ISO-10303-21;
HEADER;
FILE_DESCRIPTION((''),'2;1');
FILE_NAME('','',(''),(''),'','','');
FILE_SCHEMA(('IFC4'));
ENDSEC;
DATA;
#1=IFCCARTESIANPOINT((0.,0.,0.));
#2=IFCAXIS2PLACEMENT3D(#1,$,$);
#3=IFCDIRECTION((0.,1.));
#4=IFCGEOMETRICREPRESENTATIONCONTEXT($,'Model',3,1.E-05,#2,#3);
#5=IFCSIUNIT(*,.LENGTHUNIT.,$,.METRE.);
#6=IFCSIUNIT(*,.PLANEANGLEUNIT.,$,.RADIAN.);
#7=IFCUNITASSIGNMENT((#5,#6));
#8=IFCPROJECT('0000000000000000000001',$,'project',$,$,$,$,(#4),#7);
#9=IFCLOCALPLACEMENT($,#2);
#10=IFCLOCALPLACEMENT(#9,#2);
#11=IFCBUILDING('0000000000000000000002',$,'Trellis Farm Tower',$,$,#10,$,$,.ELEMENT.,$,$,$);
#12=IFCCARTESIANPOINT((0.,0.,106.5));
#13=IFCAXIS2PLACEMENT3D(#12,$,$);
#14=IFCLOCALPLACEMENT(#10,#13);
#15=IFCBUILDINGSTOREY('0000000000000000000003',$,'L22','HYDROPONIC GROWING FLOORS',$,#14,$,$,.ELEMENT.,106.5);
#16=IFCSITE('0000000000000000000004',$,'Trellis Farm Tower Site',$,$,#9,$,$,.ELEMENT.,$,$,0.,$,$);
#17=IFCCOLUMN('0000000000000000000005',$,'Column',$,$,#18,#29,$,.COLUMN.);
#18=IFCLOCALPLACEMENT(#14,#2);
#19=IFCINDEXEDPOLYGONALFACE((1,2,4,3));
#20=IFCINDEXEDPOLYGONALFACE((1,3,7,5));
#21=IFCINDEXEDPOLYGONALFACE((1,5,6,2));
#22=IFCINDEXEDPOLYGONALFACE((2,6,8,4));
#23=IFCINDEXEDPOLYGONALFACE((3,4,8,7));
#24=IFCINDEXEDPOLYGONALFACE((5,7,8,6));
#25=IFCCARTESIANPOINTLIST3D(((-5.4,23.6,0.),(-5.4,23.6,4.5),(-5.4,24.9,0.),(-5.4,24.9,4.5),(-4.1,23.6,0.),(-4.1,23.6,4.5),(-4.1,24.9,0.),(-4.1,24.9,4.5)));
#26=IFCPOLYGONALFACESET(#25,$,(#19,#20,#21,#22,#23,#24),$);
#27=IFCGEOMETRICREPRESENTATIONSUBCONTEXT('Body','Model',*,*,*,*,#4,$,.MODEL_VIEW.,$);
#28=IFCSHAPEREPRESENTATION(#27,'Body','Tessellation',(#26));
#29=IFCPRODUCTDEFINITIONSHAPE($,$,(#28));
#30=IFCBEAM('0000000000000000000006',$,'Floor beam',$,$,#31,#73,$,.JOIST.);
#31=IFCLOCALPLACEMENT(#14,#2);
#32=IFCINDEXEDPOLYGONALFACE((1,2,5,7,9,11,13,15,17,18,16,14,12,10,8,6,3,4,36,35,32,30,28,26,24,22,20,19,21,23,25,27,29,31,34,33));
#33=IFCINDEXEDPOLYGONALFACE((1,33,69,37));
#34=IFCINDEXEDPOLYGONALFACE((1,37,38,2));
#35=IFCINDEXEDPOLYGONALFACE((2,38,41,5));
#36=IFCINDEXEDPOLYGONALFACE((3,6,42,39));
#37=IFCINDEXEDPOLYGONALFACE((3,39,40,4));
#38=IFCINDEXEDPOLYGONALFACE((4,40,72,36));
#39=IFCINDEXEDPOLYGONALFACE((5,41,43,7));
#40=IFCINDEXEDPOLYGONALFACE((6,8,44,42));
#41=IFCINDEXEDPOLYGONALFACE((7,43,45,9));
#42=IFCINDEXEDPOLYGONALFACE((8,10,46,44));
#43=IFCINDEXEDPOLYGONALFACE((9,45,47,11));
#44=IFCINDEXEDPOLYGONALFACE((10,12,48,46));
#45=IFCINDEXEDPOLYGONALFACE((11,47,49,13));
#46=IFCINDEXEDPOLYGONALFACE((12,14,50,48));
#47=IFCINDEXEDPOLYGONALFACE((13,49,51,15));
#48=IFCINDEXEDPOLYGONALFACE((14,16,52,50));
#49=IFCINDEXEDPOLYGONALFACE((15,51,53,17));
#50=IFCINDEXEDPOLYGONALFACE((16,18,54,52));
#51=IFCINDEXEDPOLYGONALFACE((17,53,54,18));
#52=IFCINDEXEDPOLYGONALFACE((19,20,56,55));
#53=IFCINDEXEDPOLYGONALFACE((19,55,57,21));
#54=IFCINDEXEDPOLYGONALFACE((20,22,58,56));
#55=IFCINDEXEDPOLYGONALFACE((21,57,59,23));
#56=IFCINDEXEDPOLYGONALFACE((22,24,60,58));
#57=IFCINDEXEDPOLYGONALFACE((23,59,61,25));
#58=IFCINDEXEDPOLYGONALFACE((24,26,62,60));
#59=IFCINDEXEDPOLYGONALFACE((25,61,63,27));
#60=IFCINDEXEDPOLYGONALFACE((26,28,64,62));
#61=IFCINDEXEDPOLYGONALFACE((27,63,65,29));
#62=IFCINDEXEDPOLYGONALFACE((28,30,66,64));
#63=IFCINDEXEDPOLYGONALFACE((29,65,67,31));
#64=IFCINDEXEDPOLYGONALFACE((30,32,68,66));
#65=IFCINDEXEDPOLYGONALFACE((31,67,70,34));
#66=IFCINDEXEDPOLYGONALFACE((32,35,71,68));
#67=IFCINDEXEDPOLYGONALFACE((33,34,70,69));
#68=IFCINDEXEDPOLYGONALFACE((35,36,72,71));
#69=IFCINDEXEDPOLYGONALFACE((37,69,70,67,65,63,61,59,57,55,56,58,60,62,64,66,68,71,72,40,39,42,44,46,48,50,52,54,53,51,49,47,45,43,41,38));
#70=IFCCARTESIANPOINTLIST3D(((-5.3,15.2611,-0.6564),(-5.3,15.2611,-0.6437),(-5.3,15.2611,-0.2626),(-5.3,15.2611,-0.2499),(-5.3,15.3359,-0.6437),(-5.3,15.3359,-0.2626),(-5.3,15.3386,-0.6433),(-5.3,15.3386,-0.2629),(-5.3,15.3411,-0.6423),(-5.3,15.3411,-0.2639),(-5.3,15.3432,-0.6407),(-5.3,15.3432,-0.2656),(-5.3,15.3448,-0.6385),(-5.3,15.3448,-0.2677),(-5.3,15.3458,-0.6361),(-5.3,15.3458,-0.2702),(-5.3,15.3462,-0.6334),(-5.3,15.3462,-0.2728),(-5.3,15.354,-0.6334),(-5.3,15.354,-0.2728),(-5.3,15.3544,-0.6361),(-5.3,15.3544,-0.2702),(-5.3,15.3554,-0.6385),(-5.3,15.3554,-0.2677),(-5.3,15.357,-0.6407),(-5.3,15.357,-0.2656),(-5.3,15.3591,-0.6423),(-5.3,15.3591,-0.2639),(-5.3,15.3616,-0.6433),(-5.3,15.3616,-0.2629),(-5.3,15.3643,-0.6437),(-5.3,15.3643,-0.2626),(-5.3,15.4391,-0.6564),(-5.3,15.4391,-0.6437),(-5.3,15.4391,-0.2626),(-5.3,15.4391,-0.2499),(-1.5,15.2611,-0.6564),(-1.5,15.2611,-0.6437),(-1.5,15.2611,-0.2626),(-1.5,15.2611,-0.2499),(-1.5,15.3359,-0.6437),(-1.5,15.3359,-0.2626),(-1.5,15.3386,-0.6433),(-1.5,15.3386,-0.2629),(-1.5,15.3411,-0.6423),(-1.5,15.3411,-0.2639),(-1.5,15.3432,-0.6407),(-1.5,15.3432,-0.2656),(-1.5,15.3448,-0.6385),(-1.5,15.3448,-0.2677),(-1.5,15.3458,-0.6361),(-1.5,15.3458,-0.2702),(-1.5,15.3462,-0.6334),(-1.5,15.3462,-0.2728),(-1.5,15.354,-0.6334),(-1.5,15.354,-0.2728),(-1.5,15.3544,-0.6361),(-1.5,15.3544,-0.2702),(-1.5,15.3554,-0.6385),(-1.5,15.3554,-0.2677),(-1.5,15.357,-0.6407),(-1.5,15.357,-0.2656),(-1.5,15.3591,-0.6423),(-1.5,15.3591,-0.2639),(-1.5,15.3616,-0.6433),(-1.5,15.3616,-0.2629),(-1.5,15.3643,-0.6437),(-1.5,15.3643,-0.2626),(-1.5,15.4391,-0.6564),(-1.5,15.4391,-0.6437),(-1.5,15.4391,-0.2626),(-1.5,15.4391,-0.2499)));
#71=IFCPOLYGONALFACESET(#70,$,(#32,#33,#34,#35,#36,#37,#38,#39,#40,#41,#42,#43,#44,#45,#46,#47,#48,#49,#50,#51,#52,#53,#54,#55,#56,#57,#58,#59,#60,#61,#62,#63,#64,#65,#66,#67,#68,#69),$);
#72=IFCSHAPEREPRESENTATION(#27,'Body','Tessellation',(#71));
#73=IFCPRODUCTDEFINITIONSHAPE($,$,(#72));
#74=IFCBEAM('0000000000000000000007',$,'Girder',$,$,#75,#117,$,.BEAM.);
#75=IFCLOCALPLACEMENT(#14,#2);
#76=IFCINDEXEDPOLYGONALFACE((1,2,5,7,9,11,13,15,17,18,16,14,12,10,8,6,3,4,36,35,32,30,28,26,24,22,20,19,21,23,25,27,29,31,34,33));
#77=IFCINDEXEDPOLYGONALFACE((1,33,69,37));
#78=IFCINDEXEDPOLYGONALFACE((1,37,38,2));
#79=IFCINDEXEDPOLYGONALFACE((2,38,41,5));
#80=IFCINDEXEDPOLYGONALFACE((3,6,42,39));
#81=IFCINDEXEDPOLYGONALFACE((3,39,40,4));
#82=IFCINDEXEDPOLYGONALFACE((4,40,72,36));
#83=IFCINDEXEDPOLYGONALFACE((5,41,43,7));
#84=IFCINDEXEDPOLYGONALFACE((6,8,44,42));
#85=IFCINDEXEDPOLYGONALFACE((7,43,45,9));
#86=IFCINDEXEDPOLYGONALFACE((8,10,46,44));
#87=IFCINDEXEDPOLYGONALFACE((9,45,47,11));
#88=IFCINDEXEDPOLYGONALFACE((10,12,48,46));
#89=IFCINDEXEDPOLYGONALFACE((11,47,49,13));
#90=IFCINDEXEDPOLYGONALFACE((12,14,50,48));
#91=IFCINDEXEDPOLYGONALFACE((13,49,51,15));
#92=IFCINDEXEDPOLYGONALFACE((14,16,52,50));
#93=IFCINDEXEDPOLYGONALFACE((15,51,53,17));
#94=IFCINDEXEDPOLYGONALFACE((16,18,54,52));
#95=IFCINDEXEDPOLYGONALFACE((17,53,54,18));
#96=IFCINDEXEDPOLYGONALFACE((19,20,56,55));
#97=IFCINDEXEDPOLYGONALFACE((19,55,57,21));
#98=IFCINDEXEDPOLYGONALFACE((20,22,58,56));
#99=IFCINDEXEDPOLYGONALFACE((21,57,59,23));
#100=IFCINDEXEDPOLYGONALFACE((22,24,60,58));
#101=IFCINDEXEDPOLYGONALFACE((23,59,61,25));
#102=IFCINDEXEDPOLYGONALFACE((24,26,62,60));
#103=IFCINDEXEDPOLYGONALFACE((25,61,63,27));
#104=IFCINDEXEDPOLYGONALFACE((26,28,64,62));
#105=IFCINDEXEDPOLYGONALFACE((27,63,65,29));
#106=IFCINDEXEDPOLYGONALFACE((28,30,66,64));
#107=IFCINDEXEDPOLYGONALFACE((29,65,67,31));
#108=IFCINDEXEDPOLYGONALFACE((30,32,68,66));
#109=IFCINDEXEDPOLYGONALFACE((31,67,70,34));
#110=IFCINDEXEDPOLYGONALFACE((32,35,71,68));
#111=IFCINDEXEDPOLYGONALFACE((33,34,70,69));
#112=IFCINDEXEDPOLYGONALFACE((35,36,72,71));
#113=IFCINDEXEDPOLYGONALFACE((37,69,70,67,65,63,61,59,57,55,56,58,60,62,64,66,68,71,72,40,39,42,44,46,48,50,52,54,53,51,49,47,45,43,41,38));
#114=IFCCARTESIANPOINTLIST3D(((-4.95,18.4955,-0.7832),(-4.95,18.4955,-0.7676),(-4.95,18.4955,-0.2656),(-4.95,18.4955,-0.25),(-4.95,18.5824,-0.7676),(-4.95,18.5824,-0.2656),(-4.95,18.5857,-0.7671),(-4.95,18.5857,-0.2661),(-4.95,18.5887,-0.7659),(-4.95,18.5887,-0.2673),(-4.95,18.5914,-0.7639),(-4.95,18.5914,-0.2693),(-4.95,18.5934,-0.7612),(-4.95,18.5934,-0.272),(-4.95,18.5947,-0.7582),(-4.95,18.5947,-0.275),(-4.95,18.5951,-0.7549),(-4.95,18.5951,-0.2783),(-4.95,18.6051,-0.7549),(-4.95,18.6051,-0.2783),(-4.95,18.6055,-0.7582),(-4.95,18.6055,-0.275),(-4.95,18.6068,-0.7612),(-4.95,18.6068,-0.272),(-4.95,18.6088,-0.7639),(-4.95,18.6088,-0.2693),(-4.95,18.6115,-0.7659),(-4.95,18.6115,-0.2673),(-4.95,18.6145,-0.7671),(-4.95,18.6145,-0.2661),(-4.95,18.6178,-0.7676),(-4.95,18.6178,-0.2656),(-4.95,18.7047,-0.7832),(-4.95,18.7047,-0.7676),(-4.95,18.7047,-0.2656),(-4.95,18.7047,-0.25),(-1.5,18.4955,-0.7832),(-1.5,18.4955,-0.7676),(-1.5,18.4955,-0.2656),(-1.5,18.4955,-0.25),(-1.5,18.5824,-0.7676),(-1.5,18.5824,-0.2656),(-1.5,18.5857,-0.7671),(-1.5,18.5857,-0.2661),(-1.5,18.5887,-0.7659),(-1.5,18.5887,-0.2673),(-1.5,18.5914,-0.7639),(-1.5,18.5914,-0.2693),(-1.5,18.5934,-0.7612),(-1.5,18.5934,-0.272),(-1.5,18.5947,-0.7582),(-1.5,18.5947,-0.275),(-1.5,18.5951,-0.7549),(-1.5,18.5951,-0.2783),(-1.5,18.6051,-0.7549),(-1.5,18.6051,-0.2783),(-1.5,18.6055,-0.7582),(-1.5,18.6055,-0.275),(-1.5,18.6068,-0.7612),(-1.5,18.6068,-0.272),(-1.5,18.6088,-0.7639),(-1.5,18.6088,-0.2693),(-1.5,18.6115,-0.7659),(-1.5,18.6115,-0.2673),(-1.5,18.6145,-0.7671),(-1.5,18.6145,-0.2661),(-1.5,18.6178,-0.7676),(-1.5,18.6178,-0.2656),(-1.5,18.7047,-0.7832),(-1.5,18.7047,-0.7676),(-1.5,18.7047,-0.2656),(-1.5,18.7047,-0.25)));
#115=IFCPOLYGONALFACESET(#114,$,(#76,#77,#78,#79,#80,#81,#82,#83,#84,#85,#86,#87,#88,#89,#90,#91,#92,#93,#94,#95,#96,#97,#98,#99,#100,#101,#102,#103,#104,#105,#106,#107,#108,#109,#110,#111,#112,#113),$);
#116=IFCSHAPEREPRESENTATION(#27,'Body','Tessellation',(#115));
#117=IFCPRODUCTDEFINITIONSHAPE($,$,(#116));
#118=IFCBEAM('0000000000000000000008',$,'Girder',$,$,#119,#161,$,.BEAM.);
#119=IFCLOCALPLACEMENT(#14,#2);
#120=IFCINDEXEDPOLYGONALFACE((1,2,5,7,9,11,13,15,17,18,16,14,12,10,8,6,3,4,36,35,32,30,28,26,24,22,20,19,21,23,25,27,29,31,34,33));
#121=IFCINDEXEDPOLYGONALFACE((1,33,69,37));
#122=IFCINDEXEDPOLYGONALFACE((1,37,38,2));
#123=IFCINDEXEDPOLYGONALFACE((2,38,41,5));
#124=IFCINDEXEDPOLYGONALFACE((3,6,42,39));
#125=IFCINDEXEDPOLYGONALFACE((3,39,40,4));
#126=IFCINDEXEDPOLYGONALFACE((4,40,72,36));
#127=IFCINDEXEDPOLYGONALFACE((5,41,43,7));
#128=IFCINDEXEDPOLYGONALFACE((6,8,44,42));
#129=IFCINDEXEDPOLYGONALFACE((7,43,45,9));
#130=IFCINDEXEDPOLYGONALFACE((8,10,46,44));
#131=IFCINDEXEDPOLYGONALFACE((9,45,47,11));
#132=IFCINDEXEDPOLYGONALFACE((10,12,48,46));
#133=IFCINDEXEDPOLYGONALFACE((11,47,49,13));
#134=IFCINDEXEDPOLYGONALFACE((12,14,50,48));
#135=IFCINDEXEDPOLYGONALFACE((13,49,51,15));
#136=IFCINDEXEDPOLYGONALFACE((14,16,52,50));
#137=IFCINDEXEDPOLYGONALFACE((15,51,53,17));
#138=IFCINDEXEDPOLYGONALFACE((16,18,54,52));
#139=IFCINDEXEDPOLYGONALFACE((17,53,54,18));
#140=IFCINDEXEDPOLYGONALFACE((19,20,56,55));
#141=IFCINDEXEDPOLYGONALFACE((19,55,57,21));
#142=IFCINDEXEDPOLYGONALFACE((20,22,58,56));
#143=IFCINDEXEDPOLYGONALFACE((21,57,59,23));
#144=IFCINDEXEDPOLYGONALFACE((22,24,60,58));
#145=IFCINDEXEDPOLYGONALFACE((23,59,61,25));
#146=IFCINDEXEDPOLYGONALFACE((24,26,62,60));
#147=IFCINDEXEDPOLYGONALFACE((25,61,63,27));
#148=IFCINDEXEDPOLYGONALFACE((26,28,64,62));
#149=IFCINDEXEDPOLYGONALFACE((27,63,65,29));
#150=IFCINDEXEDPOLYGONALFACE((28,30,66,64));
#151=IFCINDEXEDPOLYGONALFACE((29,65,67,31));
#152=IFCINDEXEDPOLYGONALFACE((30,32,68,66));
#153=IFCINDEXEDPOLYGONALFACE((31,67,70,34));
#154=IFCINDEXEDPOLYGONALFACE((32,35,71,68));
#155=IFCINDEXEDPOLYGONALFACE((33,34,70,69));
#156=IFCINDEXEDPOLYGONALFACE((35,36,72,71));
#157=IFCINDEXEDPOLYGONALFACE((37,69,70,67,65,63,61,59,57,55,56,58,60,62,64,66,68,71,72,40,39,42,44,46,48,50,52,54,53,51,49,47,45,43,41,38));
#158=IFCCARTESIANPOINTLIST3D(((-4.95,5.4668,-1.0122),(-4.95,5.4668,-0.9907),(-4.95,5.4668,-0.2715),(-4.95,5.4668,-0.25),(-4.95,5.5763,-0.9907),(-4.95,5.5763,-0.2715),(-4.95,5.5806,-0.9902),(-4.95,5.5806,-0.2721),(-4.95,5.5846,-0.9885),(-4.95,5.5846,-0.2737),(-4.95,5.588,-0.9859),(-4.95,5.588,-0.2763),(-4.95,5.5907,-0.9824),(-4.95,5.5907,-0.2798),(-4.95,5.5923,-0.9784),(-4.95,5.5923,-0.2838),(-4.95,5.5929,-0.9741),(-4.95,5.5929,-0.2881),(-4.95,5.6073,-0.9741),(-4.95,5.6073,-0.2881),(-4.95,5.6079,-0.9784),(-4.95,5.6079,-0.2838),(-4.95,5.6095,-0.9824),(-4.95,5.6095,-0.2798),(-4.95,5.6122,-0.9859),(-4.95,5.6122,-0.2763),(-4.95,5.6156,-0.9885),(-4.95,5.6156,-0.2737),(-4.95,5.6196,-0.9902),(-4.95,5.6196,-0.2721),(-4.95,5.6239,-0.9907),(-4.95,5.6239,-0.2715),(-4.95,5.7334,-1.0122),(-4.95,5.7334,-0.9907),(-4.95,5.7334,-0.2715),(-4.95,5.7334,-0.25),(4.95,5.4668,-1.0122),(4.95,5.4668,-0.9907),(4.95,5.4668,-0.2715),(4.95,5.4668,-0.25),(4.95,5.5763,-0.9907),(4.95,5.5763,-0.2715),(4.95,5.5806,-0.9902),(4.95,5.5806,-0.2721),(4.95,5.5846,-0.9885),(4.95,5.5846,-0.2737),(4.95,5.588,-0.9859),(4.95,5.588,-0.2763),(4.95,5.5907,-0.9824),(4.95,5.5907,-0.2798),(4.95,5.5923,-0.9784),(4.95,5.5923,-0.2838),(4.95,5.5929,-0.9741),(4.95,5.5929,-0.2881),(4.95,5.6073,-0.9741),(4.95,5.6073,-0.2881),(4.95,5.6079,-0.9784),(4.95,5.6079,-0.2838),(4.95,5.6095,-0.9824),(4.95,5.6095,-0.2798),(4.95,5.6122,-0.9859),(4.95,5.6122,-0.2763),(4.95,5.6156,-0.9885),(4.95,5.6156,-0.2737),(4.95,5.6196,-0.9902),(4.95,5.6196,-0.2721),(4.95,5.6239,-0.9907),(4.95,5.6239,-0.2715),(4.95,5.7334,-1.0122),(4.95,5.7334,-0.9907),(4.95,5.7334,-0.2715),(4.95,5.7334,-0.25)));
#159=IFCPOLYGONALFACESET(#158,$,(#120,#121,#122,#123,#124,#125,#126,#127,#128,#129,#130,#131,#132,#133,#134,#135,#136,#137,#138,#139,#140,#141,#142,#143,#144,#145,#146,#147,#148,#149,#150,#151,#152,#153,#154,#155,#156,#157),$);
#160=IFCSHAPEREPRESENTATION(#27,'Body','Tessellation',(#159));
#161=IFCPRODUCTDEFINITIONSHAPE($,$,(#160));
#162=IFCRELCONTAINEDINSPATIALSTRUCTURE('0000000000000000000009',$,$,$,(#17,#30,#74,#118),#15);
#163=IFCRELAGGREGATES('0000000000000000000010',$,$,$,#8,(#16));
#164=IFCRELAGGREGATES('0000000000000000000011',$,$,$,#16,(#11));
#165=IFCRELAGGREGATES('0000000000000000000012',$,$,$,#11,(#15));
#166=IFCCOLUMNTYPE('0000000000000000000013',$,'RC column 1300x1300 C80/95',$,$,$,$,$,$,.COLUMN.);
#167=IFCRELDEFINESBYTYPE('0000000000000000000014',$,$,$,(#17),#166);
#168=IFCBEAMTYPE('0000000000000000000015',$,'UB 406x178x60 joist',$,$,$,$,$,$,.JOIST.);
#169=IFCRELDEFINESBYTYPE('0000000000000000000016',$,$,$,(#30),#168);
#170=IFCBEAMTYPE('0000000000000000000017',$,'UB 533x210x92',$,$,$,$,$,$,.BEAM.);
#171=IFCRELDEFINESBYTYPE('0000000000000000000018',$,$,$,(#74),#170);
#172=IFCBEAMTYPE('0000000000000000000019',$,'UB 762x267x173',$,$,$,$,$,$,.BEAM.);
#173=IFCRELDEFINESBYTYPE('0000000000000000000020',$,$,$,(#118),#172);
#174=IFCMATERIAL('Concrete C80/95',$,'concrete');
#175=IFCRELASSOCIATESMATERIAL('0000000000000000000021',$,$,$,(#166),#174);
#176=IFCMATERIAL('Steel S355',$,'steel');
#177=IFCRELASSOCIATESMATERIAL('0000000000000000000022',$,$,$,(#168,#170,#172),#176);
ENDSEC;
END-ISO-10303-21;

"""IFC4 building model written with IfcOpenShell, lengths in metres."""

from ifc_helpers import new_model, si_unit, direction, frame, origin, origin_2d, place, context, subcontext, project, spatial, rectangle, i_section, extrude, source, transform, mapped, material, material_profile, profile_set, type_object, element, save


model = new_model("IFC4")

# Units and contexts
model_context = context("Model", 3, precision=1e-05, world=origin(), true_north=direction((0.0, 1.0)))
body_context = subcontext(model_context, "Body", "Model", "MODEL_VIEW")
ifc_project = project(units=[si_unit("LENGTHUNIT", "METRE"), si_unit("PLANEANGLEUNIT", "RADIAN")], contexts=[model_context])

# Site, building, storey
site_placement = place(None, origin())
site = spatial("IfcSite", under=ifc_project, at=site_placement, Name="Trellis Farm Tower Site", CompositionType="ELEMENT", RefElevation=0.0)
building_placement = place(site_placement, origin())
building = spatial("IfcBuilding", under=site, at=building_placement, Name="Trellis Farm Tower", CompositionType="ELEMENT")
storey_placement = place(building_placement, frame((0.0, 0.0, 106.5)))
storey = spatial("IfcBuildingStorey", under=building, at=storey_placement, Name="L22", Description="HYDROPONIC GROWING FLOORS", CompositionType="ELEMENT", Elevation=106.5)

# Column
ifc_material_1 = material(Name="Concrete C80/95", Category="concrete")
ifc_material_profile_1 = material_profile(ifc_material_1, rectangle(XDim=1.3, YDim=1.3, at=origin_2d()), Name="RC column 1300x1300 C80/95")
ifc_profile_set_1 = profile_set([ifc_material_profile_1], Name="Concrete C80/95")
column_type = type_object("IfcColumnType", Name="RC column 1300x1300 C80/95", PredefinedType="COLUMN", material=ifc_profile_set_1)
shared_shape_1 = source(origin(), body_context, "Body", "SweptSolid", [
    extrude(rectangle(XDim=1.3, YDim=1.3, at=origin_2d()), origin(), (0.0, 0.0, 1.0), 4.5),
])
column_placement = place(storey_placement, frame((-4.75, 24.25, 0.0), z_axis=(0.0, 0.0, 1.0), x_axis=(1.0, 0.0, 0.0)))
element("IfcColumn", 1, at=column_placement, inside=storey, type_object=column_type, Name="Column", PredefinedType="COLUMN", context=body_context, shape_type="MappedRepresentation", body=[
    mapped(shared_shape_1, transform((0.0, 0.0, 0.0))),
])

# Beams
ifc_material_2 = material(Name="Steel S355", Category="steel")
ifc_material_profile_2 = material_profile(ifc_material_2, i_section(OverallWidth=0.178, OverallDepth=0.4065, WebThickness=0.0078, FlangeThickness=0.0127, FilletRadius=0.0103, at=origin_2d()), Name="UB 406x178x60")
ifc_profile_set_2 = profile_set([ifc_material_profile_2], Name="Steel S355")
beam_type_1 = type_object("IfcBeamType", Name="UB 406x178x60 joist", PredefinedType="JOIST", material=ifc_profile_set_2)
shared_shape_2 = source(origin(), body_context, "Body", "SweptSolid", [
    extrude(i_section(OverallWidth=0.178, OverallDepth=0.4065, WebThickness=0.0078, FlangeThickness=0.0127, FilletRadius=0.0103, at=origin_2d()), origin(), (0.0, 0.0, 1.0), 3.8),
])
beam_1_placement = place(storey_placement, frame((-5.3, 15.3501, -0.4531), z_axis=(1.0, 0.0, 0.0), x_axis=(0.0, 1.0, 0.0)))
element("IfcBeam", 2, at=beam_1_placement, inside=storey, type_object=beam_type_1, Name="Floor beam", PredefinedType="JOIST", context=body_context, shape_type="MappedRepresentation", body=[
    mapped(shared_shape_2, transform((0.0, 0.0, 0.0))),
])
ifc_material_profile_3 = material_profile(ifc_material_2, i_section(OverallWidth=0.2092, OverallDepth=0.5332, WebThickness=0.01, FlangeThickness=0.0156, FilletRadius=0.0127, at=origin_2d()), Name="UB 533x210x92")
ifc_profile_set_3 = profile_set([ifc_material_profile_3], Name="Steel S355")
beam_type_2 = type_object("IfcBeamType", Name="UB 533x210x92", PredefinedType="BEAM", material=ifc_profile_set_3)
shared_shape_3 = source(origin(), body_context, "Body", "SweptSolid", [
    extrude(i_section(OverallWidth=0.2092, OverallDepth=0.5332, WebThickness=0.01, FlangeThickness=0.0156, FilletRadius=0.0127, at=origin_2d()), origin(), (0.0, 0.0, 1.0), 3.45),
])
beam_2_placement = place(storey_placement, frame((-4.95, 18.6001, -0.5166), z_axis=(1.0, 0.0, 0.0), x_axis=(0.0, 1.0, 0.0)))
element("IfcBeam", 3, at=beam_2_placement, inside=storey, type_object=beam_type_2, Name="Girder", PredefinedType="BEAM", context=body_context, shape_type="MappedRepresentation", body=[
    mapped(shared_shape_3, transform((0.0, 0.0, 0.0))),
])
ifc_material_profile_4 = material_profile(ifc_material_2, i_section(OverallWidth=0.2666, OverallDepth=0.7622, WebThickness=0.0144, FlangeThickness=0.0215, FilletRadius=0.0166, at=origin_2d()), Name="UB 762x267x173")
ifc_profile_set_4 = profile_set([ifc_material_profile_4], Name="Steel S355")
beam_type_3 = type_object("IfcBeamType", Name="UB 762x267x173", PredefinedType="BEAM", material=ifc_profile_set_4)
shared_shape_4 = source(origin(), body_context, "Body", "SweptSolid", [
    extrude(i_section(OverallWidth=0.2666, OverallDepth=0.7622, WebThickness=0.0144, FlangeThickness=0.0215, FilletRadius=0.0166, at=origin_2d()), origin(), (0.0, 0.0, 1.0), 9.8999),
])
for number, where, z_axis, x_axis, name in (
    (4, (-4.95, 5.6001, -0.6311), (1.0, 0.0, 0.0), (0.0, 1.0, 0.0), "Girder"),
):
    element("IfcBeam", number, at=place(storey_placement, frame(where, z_axis=z_axis, x_axis=x_axis)), inside=storey, type_object=beam_type_3, Name=name, PredefinedType="BEAM", context=body_context, shape_type="MappedRepresentation", body=[
        mapped(shared_shape_4, transform((0.0, 0.0, 0.0))),
    ])

save(model, "model.ifc")
